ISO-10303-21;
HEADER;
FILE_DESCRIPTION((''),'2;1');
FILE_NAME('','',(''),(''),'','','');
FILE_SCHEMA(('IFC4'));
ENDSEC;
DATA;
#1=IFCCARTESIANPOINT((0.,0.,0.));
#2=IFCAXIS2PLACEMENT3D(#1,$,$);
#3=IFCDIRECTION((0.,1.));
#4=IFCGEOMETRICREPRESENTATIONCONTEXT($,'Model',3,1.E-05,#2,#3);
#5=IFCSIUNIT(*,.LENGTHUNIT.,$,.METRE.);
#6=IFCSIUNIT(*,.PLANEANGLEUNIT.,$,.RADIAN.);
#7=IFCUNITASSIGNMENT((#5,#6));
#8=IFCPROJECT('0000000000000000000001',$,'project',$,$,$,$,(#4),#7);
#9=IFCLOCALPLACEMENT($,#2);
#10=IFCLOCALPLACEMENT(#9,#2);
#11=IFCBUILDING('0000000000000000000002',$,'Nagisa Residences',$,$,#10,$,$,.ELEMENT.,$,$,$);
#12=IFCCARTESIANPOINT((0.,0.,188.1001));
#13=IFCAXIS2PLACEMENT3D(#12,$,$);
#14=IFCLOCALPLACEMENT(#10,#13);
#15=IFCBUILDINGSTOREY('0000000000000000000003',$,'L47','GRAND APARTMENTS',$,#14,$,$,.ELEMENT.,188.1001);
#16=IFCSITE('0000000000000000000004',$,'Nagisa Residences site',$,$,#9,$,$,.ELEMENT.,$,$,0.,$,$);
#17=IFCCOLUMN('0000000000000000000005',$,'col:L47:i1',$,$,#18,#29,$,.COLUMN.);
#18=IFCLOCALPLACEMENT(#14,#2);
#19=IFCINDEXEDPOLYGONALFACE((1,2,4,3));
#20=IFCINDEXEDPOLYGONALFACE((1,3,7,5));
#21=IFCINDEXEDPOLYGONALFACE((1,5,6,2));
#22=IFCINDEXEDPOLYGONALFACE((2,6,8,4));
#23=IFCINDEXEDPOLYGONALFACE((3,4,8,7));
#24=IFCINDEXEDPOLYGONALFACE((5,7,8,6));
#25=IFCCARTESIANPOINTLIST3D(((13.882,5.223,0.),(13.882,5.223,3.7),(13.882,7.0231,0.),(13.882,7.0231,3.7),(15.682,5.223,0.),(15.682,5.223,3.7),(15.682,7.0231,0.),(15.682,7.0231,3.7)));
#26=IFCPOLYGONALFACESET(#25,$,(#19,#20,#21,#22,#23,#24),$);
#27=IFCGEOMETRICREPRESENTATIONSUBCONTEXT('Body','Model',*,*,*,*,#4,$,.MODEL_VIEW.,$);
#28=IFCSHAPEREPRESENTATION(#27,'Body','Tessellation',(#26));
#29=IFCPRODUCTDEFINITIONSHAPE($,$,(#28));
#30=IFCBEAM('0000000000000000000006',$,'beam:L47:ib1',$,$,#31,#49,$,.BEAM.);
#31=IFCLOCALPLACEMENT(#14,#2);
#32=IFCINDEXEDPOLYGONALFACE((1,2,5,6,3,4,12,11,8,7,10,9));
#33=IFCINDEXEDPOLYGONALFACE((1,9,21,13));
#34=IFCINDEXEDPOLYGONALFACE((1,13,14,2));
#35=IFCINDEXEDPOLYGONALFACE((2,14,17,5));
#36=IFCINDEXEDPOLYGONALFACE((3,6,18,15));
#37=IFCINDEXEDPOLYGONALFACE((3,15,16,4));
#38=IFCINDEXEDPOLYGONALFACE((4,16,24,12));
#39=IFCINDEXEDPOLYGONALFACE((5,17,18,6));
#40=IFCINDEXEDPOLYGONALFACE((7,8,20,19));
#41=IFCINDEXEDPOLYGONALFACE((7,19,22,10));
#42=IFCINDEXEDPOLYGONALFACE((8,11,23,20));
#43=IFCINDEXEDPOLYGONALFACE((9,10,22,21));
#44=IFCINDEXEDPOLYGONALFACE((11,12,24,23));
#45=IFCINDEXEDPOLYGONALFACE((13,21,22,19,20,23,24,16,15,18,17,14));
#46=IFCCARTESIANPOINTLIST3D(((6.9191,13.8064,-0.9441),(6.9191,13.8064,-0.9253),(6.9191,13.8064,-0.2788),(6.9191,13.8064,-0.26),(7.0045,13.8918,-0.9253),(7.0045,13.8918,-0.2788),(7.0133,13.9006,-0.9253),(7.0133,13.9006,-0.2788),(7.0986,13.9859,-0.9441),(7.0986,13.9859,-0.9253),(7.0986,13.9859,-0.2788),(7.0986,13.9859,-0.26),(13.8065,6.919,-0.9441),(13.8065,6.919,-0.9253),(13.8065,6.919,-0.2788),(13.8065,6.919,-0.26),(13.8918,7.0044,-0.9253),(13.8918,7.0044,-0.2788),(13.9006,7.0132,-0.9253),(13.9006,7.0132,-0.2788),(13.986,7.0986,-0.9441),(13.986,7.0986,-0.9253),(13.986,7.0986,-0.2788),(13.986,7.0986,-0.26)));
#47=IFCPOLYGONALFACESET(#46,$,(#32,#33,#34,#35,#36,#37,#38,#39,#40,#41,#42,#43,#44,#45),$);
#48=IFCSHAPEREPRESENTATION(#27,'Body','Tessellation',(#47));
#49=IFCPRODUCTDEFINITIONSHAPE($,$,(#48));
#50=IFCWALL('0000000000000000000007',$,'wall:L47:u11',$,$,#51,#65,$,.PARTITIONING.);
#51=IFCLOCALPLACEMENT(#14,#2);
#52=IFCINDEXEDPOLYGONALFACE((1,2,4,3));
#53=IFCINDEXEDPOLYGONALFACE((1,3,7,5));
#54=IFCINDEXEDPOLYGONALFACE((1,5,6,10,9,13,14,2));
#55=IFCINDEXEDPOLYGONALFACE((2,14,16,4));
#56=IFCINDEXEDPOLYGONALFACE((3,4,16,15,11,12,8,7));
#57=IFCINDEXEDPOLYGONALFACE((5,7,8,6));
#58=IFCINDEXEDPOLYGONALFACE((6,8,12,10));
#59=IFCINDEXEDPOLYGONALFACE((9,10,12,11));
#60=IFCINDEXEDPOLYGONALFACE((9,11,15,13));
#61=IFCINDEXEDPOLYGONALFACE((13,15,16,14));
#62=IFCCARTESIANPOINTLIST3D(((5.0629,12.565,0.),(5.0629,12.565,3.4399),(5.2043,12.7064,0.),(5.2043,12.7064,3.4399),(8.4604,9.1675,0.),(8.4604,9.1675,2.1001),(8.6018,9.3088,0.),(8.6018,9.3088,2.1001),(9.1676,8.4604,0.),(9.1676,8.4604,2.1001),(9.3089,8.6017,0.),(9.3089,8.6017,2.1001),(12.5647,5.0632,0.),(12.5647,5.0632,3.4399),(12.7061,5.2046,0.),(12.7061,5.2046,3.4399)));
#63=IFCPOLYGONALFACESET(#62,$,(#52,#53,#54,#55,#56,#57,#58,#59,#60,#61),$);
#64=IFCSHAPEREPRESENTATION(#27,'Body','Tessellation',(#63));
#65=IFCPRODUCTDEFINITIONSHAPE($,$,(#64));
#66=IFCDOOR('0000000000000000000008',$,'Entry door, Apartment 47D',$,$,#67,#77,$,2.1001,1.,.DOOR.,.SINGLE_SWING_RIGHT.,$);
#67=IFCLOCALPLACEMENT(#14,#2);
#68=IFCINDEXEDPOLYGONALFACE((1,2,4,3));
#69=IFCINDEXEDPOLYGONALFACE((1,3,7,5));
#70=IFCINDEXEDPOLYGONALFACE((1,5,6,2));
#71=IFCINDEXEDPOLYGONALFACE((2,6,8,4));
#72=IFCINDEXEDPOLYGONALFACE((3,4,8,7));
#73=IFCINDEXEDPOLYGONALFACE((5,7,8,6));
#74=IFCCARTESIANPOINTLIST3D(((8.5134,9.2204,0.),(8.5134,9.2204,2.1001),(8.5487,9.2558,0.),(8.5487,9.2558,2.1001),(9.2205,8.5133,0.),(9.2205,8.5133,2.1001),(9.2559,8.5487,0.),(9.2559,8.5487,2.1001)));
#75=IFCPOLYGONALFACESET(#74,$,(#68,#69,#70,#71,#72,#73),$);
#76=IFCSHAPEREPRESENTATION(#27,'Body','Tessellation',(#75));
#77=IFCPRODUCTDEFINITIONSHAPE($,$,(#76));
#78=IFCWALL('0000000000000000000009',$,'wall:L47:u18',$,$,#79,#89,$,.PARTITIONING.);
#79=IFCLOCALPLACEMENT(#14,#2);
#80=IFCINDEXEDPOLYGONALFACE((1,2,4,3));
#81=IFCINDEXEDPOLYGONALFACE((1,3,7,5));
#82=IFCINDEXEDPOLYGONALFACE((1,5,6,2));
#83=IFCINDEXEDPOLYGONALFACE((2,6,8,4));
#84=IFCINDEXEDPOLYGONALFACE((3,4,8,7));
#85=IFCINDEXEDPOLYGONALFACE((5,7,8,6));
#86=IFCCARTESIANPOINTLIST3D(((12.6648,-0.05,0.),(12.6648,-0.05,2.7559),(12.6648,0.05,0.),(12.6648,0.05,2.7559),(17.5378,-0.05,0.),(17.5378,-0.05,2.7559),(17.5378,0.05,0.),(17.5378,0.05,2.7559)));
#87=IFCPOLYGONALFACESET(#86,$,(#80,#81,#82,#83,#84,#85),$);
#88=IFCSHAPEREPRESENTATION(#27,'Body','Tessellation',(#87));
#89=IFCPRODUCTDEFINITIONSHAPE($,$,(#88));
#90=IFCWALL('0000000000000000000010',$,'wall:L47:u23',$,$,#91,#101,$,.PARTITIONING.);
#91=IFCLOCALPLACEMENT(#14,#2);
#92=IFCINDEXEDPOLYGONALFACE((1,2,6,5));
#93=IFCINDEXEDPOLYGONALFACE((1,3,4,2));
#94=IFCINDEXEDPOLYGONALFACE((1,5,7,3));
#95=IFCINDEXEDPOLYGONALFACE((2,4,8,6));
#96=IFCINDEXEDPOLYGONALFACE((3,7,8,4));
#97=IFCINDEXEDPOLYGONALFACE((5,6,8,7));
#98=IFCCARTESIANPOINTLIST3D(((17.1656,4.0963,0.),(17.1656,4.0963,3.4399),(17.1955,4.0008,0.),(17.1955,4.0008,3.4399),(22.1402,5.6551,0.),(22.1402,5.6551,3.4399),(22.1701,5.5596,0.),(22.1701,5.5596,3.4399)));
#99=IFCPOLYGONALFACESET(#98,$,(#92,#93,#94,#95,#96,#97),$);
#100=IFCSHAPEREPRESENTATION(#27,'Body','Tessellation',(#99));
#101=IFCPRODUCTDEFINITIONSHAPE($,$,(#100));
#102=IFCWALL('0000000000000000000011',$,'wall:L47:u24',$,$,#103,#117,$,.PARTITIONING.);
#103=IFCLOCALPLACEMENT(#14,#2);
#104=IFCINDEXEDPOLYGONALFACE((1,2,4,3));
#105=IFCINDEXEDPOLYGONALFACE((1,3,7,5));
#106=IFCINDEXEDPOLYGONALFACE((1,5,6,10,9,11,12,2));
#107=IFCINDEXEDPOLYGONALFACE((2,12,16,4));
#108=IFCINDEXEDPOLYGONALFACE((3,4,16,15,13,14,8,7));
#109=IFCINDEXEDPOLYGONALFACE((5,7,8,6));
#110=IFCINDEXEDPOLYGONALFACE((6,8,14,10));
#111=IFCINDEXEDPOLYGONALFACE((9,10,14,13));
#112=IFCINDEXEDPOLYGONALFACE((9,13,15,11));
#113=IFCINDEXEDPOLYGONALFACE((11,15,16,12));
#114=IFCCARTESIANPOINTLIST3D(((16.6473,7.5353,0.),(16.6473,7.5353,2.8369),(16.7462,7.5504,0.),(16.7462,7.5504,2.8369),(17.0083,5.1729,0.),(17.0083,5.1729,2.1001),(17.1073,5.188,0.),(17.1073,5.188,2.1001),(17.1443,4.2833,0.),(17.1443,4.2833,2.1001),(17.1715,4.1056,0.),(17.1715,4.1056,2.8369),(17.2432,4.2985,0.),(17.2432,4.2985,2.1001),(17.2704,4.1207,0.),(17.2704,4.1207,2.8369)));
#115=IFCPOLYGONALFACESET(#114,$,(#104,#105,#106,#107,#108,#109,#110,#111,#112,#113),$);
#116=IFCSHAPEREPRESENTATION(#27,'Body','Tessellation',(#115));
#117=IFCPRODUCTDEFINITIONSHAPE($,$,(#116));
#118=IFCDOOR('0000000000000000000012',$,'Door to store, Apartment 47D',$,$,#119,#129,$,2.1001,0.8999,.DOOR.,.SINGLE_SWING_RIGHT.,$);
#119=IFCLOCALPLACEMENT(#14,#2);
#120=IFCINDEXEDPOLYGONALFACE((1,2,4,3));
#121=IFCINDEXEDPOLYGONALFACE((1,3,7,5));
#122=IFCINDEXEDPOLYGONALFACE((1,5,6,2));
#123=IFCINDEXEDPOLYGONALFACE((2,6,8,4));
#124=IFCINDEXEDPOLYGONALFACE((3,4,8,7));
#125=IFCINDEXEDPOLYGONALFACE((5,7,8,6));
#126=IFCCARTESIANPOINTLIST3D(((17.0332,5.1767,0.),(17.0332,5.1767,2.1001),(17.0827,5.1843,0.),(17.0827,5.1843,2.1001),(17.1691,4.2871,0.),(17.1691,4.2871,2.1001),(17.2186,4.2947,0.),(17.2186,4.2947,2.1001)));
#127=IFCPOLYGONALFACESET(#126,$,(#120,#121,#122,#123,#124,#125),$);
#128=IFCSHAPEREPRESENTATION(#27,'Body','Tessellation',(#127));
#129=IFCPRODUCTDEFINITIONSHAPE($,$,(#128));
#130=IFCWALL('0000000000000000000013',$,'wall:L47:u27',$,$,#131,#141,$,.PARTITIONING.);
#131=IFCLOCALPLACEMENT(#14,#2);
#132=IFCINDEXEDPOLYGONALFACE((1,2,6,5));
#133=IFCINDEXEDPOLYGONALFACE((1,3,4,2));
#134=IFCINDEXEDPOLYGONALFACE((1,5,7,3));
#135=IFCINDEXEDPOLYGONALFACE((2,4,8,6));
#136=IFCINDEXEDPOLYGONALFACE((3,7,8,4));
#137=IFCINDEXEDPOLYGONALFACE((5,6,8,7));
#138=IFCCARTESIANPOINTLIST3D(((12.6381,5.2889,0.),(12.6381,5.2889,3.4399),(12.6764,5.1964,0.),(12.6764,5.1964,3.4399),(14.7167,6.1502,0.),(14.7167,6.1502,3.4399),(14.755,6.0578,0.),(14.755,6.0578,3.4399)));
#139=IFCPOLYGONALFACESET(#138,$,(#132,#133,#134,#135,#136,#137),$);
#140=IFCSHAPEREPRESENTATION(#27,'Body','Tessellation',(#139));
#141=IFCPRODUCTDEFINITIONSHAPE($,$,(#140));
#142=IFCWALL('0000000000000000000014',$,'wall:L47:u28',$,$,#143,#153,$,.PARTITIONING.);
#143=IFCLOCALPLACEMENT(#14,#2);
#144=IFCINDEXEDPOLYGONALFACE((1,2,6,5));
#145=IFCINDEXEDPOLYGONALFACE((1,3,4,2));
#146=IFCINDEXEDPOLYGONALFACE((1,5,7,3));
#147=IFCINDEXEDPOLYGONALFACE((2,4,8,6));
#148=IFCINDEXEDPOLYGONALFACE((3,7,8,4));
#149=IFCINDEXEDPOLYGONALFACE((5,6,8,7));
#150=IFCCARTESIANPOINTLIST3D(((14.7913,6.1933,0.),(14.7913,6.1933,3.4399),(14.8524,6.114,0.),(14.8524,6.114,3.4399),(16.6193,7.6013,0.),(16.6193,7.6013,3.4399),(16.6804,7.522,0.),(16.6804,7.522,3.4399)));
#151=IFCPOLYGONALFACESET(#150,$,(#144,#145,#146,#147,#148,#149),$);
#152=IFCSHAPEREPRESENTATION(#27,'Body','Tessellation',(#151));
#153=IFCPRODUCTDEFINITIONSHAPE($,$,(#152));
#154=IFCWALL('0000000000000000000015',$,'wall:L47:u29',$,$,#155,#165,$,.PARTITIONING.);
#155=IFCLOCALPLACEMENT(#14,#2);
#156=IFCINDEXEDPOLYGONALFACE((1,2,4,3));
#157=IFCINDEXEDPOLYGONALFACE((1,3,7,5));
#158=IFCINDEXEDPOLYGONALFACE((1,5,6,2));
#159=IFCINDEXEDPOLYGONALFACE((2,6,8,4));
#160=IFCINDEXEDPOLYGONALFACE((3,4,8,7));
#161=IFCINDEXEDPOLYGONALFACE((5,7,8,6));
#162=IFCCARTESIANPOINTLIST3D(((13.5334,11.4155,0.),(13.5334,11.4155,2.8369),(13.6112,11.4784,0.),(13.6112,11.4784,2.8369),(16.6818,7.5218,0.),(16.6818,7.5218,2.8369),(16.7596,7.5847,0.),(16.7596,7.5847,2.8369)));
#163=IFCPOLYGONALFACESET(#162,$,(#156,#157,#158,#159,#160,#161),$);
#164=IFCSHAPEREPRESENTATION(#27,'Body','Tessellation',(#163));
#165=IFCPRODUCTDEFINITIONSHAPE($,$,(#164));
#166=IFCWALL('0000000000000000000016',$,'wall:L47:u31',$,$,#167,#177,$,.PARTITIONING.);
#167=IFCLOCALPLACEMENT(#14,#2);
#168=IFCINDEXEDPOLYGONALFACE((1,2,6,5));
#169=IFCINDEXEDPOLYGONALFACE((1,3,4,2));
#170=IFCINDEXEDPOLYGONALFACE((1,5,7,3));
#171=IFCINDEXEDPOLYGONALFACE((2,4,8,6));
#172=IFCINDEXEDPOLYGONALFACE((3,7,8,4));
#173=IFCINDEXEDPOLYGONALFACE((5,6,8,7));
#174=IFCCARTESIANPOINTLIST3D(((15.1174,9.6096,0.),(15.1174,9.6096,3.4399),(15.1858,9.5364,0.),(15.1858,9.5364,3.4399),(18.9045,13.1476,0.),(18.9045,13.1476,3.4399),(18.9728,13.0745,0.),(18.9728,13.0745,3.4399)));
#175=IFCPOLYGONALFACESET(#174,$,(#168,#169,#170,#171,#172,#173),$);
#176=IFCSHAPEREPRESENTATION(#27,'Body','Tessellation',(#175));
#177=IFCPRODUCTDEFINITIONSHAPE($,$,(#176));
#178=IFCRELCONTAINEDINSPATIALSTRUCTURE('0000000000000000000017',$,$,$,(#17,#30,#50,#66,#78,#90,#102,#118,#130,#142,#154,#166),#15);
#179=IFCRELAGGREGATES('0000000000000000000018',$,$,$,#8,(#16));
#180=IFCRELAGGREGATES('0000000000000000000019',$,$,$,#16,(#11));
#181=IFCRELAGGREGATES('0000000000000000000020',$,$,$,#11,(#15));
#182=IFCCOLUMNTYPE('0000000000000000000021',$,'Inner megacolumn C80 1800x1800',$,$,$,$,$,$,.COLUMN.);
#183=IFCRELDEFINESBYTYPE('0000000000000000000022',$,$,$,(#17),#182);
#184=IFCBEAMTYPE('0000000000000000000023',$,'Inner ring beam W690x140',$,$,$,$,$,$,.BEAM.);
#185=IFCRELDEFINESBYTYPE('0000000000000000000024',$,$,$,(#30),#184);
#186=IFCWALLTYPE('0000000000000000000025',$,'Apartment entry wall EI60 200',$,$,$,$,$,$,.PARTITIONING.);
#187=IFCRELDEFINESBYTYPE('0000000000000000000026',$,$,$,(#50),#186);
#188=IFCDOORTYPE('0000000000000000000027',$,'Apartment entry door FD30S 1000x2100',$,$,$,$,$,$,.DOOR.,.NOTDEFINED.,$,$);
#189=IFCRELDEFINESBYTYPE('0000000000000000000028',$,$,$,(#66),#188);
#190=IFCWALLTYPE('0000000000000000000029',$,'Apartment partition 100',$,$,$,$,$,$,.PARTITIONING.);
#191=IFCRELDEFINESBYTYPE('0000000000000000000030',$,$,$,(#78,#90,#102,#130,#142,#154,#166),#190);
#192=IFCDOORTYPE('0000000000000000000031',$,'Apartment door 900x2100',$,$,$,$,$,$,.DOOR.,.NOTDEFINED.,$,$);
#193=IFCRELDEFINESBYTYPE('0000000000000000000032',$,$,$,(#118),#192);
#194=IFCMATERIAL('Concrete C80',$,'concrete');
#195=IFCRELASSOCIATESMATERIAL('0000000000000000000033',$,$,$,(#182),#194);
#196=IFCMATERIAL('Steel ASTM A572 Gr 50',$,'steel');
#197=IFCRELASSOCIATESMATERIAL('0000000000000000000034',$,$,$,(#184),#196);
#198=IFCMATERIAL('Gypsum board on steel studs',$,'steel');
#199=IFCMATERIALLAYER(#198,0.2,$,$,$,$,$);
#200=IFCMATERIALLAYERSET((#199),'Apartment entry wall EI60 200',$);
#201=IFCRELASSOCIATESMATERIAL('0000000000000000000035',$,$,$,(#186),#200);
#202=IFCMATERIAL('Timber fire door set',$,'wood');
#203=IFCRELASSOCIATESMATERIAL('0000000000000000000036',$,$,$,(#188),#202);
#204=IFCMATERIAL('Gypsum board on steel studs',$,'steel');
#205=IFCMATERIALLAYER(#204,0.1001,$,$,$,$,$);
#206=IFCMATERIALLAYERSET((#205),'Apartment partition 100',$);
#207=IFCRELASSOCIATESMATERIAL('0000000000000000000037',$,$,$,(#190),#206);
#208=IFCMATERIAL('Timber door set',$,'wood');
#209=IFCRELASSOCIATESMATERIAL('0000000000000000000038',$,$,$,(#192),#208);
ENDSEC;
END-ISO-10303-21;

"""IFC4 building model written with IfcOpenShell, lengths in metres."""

from ifc_helpers import new_model, si_unit, direction, frame, frame_2d, origin, origin_2d, place, context, subcontext, project, spatial, rectangle, i_section, extrude, material, layer, layer_set, material_profile, profile_set, type_object, element, fill, save


model = new_model("IFC4")

# Units and contexts
model_context = context("Model", 3, precision=1e-05, world=origin(), true_north=direction((0.0, 1.0)))
body_context = subcontext(model_context, "Body", "Model", "MODEL_VIEW")
ifc_project = project(units=[si_unit("LENGTHUNIT", "METRE"), si_unit("PLANEANGLEUNIT", "RADIAN")], contexts=[model_context])

# Site, building, storey
site_placement = place(None, origin())
site = spatial("IfcSite", under=ifc_project, at=site_placement, Name="Nagisa Residences site", CompositionType="ELEMENT", RefElevation=0.0)
building_placement = place(site_placement, origin())
building = spatial("IfcBuilding", under=site, at=building_placement, Name="Nagisa Residences", CompositionType="ELEMENT")
storey_placement = place(building_placement, frame((0.0, 0.0, 188.1001)))
storey = spatial("IfcBuildingStorey", under=building, at=storey_placement, Name="L47", Description="GRAND APARTMENTS", CompositionType="ELEMENT", Elevation=188.1001)

# Column
ifc_material_1 = material(Name="Concrete C80", Category="concrete")
ifc_material_profile_1 = material_profile(ifc_material_1, rectangle(XDim=1.8, YDim=1.8, at=origin_2d()), Name="C80 1800x1800")
ifc_profile_set_1 = profile_set([ifc_material_profile_1], Name="Concrete C80")
column_type = type_object("IfcColumnType", Name="Inner megacolumn C80 1800x1800", PredefinedType="COLUMN", material=ifc_profile_set_1)
column_placement = place(storey_placement, frame((14.782, 6.123, 0.0), z_axis=(0.0, 0.0, 1.0), x_axis=(1.0, 0.0, 0.0)))
element("IfcColumn", 1, at=column_placement, inside=storey, type_object=column_type, Name="col:L47:i1", PredefinedType="COLUMN", context=body_context, shape_type="SweptSolid", body=[
    extrude(rectangle(XDim=1.8, YDim=1.8, at=origin_2d()), origin(), (0.0, 0.0, 1.0), 3.7),
])

# Beam
ifc_material_2 = material(Name="Steel ASTM A572 Gr 50", Category="steel")
ifc_material_profile_2 = material_profile(ifc_material_2, i_section(OverallWidth=0.2539, OverallDepth=0.6841, WebThickness=0.0125, FlangeThickness=0.0188, at=origin_2d()), Name="W690x140")
ifc_profile_set_2 = profile_set([ifc_material_profile_2], Name="Steel ASTM A572 Gr 50")
beam_type = type_object("IfcBeamType", Name="Inner ring beam W690x140", PredefinedType="BEAM", material=ifc_profile_set_2)
beam_placement = place(storey_placement, frame((13.8962, 7.0088, -0.6021), z_axis=(-0.707107, 0.707107, 0.0), x_axis=(-0.707107, -0.707107, 0.0)))
element("IfcBeam", 2, at=beam_placement, inside=storey, type_object=beam_type, Name="beam:L47:ib1", PredefinedType="BEAM", context=body_context, shape_type="SweptSolid", body=[
    extrude(i_section(OverallWidth=0.2539, OverallDepth=0.6841, WebThickness=0.0125, FlangeThickness=0.0188, at=origin_2d()), origin(), (0.0, 0.0, 1.0), 9.7402),
])

# Wall, opening, door
ifc_material_3 = material(Name="Gypsum board on steel studs", Category="steel")
ifc_layer_1 = layer(ifc_material_3, 0.2)
ifc_layer_set_1 = layer_set([ifc_layer_1], Name="Apartment entry wall EI60 200")
wall_type_1 = type_object("IfcWallType", Name="Apartment entry wall EI60 200", PredefinedType="PARTITIONING", material=ifc_layer_set_1)
wall_1_placement = place(storey_placement, frame((12.6355, 5.1338, 0.0), z_axis=(0.0, 0.0, 1.0), x_axis=(-0.707107, 0.707107, 0.0)))
wall_1 = element("IfcWall", 3, at=wall_1_placement, inside=storey, type_object=wall_type_1, Name="wall:L47:u11", PredefinedType="PARTITIONING", context=body_context, shape_type="SweptSolid", body=[
    extrude(rectangle(XDim=10.6091, YDim=0.2, at=frame_2d((5.3047, 0.0))), origin(), (0.0, 0.0, 1.0), 3.4399),
])
opening_1_placement = place(wall_1_placement, frame((4.8044, 0.0, 0.0)))
opening_1 = element("IfcOpeningElement", 4, at=opening_1_placement, cuts=wall_1, PredefinedType="OPENING", context=body_context, shape_type="SweptSolid", body=[
    extrude(rectangle(XDim=1.0, YDim=2.1001, at=frame_2d((0.5, 1.05))), frame((0.0, 0.1099, 0.0), z_axis=(0.0, -1.0, 0.0), x_axis=(1.0, 0.0, 0.0)), (0.0, 0.0, 1.0), 0.22),
])
ifc_material_4 = material(Name="Timber fire door set", Category="wood")
door_type_1 = type_object("IfcDoorType", Name="Apartment entry door FD30S 1000x2100", OperationType="NOTDEFINED", PredefinedType="DOOR", material=ifc_material_4)
door_1_placement = place(opening_1_placement, frame((1.0, 0.0, 0.0), x_axis=(-1.0, 0.0, 0.0)))
door_1 = element("IfcDoor", 5, at=door_1_placement, inside=storey, type_object=door_type_1, Name="Entry door, Apartment 47D", OperationType="SINGLE_SWING_RIGHT", OverallHeight=2.1001, OverallWidth=1.0, PredefinedType="DOOR", context=body_context, shape_type="SweptSolid", body=[
    extrude(rectangle(XDim=1.0, YDim=2.1001, at=frame_2d((0.5, 1.05))), frame((0.0, 0.0249, 0.0), z_axis=(0.0, -1.0, 0.0), x_axis=(1.0, 0.0, 0.0)), (0.0, 0.0, 1.0), 0.05),
])
fill(opening_1, door_1)

# Walls
ifc_material_5 = material(Name="Gypsum board on steel studs", Category="steel")
ifc_layer_2 = layer(ifc_material_5, 0.1001)
ifc_layer_set_2 = layer_set([ifc_layer_2], Name="Apartment partition 100")
wall_type_2 = type_object("IfcWallType", Name="Apartment partition 100", PredefinedType="PARTITIONING", material=ifc_layer_set_2)
wall_2_placement = place(storey_placement, frame((12.6648, 0.0, 0.0), z_axis=(0.0, 0.0, 1.0), x_axis=(1.0, 0.0, 0.0)))
element("IfcWall", 6, at=wall_2_placement, inside=storey, type_object=wall_type_2, Name="wall:L47:u18", PredefinedType="PARTITIONING", context=body_context, shape_type="SweptSolid", body=[
    extrude(rectangle(XDim=4.873, YDim=0.1001, at=frame_2d((2.4365, 0.0))), origin(), (0.0, 0.0, 1.0), 2.7559),
])
wall_3_placement = place(storey_placement, frame((17.1807, 4.0486, 0.0), z_axis=(0.0, 0.0, 1.0), x_axis=(0.954246, 0.299022, 0.0)))
element("IfcWall", 7, at=wall_3_placement, inside=storey, type_object=wall_type_2, Name="wall:L47:u23", PredefinedType="PARTITIONING", context=body_context, shape_type="SweptSolid", body=[
    extrude(rectangle(XDim=5.2131, YDim=0.1001, at=frame_2d((2.6064, 0.0))), origin(), (0.0, 0.0, 1.0), 3.4399),
])

# Wall, opening, door
wall_4_placement = place(storey_placement, frame((17.2209, 4.113, 0.0), z_axis=(0.0, 0.0, 1.0), x_axis=(-0.151079, 0.988522, 0.0)))
wall_4 = element("IfcWall", 8, at=wall_4_placement, inside=storey, type_object=wall_type_2, Name="wall:L47:u24", PredefinedType="PARTITIONING", context=body_context, shape_type="SweptSolid", body=[
    extrude(rectangle(XDim=3.4695, YDim=0.1001, at=frame_2d((1.7349, 0.0))), origin(), (0.0, 0.0, 1.0), 2.8369),
])
opening_2_placement = place(wall_4_placement, frame((0.1799, 0.0, 0.0)))
opening_2 = element("IfcOpeningElement", 9, at=opening_2_placement, cuts=wall_4, PredefinedType="OPENING", context=body_context, shape_type="SweptSolid", body=[
    extrude(rectangle(XDim=0.8999, YDim=2.1001, at=frame_2d((0.45, 1.05))), frame((0.0, 0.0601, 0.0), z_axis=(0.0, -1.0, 0.0), x_axis=(1.0, 0.0, 0.0)), (0.0, 0.0, 1.0), 0.1201),
])
ifc_material_6 = material(Name="Timber door set", Category="wood")
door_type_2 = type_object("IfcDoorType", Name="Apartment door 900x2100", OperationType="NOTDEFINED", PredefinedType="DOOR", material=ifc_material_6)
door_2_placement = place(opening_2_placement, origin())
door_2 = element("IfcDoor", 10, at=door_2_placement, inside=storey, type_object=door_type_2, Name="Door to store, Apartment 47D", OperationType="SINGLE_SWING_RIGHT", OverallHeight=2.1001, OverallWidth=0.8999, PredefinedType="DOOR", context=body_context, shape_type="SweptSolid", body=[
    extrude(rectangle(XDim=0.8999, YDim=2.1001, at=frame_2d((0.45, 1.05))), frame((0.0, 0.0249, 0.0), z_axis=(0.0, -1.0, 0.0), x_axis=(1.0, 0.0, 0.0)), (0.0, 0.0, 1.0), 0.05),
])
fill(opening_2, door_2)

# Walls
wall_5_placement = place(storey_placement, frame((12.6572, 5.2427, 0.0), z_axis=(0.0, 0.0, 1.0), x_axis=(0.923826, 0.382812, 0.0)))
element("IfcWall", 11, at=wall_5_placement, inside=storey, type_object=wall_type_2, Name="wall:L47:u27", PredefinedType="PARTITIONING", context=body_context, shape_type="SweptSolid", body=[
    extrude(rectangle(XDim=2.25, YDim=0.1001, at=frame_2d((1.125, 0.0))), origin(), (0.0, 0.0, 1.0), 3.4399),
])
wall_6_placement = place(storey_placement, frame((14.8218, 6.1536, 0.0), z_axis=(0.0, 0.0, 1.0), x_axis=(0.792227, 0.610227, 0.0)))
element("IfcWall", 12, at=wall_6_placement, inside=storey, type_object=wall_type_2, Name="wall:L47:u28", PredefinedType="PARTITIONING", context=body_context, shape_type="SweptSolid", body=[
    extrude(rectangle(XDim=2.3074, YDim=0.1001, at=frame_2d((1.1538, 0.0))), origin(), (0.0, 0.0, 1.0), 3.4399),
])
wall_7_placement = place(storey_placement, frame((16.7207, 7.5532, 0.0), z_axis=(0.0, 0.0, 1.0), x_axis=(-0.628754, 0.777605, 0.0)))
element("IfcWall", 13, at=wall_7_placement, inside=storey, type_object=wall_type_2, Name="wall:L47:u29", PredefinedType="PARTITIONING", context=body_context, shape_type="SweptSolid", body=[
    extrude(rectangle(XDim=5.0073, YDim=0.1001, at=frame_2d((2.5037, 0.0))), origin(), (0.0, 0.0, 1.0), 2.8369),
])
wall_8_placement = place(storey_placement, frame((15.1516, 9.573, 0.0), z_axis=(0.0, 0.0, 1.0), x_axis=(0.730723, 0.682674, 0.0)))
element("IfcWall", 14, at=wall_8_placement, inside=storey, type_object=wall_type_2, Name="wall:L47:u31", PredefinedType="PARTITIONING", context=body_context, shape_type="SweptSolid", body=[
    extrude(rectangle(XDim=5.1826, YDim=0.1001, at=frame_2d((2.5913, 0.0))), origin(), (0.0, 0.0, 1.0), 3.4399),
])

save(model, "model.ifc")
